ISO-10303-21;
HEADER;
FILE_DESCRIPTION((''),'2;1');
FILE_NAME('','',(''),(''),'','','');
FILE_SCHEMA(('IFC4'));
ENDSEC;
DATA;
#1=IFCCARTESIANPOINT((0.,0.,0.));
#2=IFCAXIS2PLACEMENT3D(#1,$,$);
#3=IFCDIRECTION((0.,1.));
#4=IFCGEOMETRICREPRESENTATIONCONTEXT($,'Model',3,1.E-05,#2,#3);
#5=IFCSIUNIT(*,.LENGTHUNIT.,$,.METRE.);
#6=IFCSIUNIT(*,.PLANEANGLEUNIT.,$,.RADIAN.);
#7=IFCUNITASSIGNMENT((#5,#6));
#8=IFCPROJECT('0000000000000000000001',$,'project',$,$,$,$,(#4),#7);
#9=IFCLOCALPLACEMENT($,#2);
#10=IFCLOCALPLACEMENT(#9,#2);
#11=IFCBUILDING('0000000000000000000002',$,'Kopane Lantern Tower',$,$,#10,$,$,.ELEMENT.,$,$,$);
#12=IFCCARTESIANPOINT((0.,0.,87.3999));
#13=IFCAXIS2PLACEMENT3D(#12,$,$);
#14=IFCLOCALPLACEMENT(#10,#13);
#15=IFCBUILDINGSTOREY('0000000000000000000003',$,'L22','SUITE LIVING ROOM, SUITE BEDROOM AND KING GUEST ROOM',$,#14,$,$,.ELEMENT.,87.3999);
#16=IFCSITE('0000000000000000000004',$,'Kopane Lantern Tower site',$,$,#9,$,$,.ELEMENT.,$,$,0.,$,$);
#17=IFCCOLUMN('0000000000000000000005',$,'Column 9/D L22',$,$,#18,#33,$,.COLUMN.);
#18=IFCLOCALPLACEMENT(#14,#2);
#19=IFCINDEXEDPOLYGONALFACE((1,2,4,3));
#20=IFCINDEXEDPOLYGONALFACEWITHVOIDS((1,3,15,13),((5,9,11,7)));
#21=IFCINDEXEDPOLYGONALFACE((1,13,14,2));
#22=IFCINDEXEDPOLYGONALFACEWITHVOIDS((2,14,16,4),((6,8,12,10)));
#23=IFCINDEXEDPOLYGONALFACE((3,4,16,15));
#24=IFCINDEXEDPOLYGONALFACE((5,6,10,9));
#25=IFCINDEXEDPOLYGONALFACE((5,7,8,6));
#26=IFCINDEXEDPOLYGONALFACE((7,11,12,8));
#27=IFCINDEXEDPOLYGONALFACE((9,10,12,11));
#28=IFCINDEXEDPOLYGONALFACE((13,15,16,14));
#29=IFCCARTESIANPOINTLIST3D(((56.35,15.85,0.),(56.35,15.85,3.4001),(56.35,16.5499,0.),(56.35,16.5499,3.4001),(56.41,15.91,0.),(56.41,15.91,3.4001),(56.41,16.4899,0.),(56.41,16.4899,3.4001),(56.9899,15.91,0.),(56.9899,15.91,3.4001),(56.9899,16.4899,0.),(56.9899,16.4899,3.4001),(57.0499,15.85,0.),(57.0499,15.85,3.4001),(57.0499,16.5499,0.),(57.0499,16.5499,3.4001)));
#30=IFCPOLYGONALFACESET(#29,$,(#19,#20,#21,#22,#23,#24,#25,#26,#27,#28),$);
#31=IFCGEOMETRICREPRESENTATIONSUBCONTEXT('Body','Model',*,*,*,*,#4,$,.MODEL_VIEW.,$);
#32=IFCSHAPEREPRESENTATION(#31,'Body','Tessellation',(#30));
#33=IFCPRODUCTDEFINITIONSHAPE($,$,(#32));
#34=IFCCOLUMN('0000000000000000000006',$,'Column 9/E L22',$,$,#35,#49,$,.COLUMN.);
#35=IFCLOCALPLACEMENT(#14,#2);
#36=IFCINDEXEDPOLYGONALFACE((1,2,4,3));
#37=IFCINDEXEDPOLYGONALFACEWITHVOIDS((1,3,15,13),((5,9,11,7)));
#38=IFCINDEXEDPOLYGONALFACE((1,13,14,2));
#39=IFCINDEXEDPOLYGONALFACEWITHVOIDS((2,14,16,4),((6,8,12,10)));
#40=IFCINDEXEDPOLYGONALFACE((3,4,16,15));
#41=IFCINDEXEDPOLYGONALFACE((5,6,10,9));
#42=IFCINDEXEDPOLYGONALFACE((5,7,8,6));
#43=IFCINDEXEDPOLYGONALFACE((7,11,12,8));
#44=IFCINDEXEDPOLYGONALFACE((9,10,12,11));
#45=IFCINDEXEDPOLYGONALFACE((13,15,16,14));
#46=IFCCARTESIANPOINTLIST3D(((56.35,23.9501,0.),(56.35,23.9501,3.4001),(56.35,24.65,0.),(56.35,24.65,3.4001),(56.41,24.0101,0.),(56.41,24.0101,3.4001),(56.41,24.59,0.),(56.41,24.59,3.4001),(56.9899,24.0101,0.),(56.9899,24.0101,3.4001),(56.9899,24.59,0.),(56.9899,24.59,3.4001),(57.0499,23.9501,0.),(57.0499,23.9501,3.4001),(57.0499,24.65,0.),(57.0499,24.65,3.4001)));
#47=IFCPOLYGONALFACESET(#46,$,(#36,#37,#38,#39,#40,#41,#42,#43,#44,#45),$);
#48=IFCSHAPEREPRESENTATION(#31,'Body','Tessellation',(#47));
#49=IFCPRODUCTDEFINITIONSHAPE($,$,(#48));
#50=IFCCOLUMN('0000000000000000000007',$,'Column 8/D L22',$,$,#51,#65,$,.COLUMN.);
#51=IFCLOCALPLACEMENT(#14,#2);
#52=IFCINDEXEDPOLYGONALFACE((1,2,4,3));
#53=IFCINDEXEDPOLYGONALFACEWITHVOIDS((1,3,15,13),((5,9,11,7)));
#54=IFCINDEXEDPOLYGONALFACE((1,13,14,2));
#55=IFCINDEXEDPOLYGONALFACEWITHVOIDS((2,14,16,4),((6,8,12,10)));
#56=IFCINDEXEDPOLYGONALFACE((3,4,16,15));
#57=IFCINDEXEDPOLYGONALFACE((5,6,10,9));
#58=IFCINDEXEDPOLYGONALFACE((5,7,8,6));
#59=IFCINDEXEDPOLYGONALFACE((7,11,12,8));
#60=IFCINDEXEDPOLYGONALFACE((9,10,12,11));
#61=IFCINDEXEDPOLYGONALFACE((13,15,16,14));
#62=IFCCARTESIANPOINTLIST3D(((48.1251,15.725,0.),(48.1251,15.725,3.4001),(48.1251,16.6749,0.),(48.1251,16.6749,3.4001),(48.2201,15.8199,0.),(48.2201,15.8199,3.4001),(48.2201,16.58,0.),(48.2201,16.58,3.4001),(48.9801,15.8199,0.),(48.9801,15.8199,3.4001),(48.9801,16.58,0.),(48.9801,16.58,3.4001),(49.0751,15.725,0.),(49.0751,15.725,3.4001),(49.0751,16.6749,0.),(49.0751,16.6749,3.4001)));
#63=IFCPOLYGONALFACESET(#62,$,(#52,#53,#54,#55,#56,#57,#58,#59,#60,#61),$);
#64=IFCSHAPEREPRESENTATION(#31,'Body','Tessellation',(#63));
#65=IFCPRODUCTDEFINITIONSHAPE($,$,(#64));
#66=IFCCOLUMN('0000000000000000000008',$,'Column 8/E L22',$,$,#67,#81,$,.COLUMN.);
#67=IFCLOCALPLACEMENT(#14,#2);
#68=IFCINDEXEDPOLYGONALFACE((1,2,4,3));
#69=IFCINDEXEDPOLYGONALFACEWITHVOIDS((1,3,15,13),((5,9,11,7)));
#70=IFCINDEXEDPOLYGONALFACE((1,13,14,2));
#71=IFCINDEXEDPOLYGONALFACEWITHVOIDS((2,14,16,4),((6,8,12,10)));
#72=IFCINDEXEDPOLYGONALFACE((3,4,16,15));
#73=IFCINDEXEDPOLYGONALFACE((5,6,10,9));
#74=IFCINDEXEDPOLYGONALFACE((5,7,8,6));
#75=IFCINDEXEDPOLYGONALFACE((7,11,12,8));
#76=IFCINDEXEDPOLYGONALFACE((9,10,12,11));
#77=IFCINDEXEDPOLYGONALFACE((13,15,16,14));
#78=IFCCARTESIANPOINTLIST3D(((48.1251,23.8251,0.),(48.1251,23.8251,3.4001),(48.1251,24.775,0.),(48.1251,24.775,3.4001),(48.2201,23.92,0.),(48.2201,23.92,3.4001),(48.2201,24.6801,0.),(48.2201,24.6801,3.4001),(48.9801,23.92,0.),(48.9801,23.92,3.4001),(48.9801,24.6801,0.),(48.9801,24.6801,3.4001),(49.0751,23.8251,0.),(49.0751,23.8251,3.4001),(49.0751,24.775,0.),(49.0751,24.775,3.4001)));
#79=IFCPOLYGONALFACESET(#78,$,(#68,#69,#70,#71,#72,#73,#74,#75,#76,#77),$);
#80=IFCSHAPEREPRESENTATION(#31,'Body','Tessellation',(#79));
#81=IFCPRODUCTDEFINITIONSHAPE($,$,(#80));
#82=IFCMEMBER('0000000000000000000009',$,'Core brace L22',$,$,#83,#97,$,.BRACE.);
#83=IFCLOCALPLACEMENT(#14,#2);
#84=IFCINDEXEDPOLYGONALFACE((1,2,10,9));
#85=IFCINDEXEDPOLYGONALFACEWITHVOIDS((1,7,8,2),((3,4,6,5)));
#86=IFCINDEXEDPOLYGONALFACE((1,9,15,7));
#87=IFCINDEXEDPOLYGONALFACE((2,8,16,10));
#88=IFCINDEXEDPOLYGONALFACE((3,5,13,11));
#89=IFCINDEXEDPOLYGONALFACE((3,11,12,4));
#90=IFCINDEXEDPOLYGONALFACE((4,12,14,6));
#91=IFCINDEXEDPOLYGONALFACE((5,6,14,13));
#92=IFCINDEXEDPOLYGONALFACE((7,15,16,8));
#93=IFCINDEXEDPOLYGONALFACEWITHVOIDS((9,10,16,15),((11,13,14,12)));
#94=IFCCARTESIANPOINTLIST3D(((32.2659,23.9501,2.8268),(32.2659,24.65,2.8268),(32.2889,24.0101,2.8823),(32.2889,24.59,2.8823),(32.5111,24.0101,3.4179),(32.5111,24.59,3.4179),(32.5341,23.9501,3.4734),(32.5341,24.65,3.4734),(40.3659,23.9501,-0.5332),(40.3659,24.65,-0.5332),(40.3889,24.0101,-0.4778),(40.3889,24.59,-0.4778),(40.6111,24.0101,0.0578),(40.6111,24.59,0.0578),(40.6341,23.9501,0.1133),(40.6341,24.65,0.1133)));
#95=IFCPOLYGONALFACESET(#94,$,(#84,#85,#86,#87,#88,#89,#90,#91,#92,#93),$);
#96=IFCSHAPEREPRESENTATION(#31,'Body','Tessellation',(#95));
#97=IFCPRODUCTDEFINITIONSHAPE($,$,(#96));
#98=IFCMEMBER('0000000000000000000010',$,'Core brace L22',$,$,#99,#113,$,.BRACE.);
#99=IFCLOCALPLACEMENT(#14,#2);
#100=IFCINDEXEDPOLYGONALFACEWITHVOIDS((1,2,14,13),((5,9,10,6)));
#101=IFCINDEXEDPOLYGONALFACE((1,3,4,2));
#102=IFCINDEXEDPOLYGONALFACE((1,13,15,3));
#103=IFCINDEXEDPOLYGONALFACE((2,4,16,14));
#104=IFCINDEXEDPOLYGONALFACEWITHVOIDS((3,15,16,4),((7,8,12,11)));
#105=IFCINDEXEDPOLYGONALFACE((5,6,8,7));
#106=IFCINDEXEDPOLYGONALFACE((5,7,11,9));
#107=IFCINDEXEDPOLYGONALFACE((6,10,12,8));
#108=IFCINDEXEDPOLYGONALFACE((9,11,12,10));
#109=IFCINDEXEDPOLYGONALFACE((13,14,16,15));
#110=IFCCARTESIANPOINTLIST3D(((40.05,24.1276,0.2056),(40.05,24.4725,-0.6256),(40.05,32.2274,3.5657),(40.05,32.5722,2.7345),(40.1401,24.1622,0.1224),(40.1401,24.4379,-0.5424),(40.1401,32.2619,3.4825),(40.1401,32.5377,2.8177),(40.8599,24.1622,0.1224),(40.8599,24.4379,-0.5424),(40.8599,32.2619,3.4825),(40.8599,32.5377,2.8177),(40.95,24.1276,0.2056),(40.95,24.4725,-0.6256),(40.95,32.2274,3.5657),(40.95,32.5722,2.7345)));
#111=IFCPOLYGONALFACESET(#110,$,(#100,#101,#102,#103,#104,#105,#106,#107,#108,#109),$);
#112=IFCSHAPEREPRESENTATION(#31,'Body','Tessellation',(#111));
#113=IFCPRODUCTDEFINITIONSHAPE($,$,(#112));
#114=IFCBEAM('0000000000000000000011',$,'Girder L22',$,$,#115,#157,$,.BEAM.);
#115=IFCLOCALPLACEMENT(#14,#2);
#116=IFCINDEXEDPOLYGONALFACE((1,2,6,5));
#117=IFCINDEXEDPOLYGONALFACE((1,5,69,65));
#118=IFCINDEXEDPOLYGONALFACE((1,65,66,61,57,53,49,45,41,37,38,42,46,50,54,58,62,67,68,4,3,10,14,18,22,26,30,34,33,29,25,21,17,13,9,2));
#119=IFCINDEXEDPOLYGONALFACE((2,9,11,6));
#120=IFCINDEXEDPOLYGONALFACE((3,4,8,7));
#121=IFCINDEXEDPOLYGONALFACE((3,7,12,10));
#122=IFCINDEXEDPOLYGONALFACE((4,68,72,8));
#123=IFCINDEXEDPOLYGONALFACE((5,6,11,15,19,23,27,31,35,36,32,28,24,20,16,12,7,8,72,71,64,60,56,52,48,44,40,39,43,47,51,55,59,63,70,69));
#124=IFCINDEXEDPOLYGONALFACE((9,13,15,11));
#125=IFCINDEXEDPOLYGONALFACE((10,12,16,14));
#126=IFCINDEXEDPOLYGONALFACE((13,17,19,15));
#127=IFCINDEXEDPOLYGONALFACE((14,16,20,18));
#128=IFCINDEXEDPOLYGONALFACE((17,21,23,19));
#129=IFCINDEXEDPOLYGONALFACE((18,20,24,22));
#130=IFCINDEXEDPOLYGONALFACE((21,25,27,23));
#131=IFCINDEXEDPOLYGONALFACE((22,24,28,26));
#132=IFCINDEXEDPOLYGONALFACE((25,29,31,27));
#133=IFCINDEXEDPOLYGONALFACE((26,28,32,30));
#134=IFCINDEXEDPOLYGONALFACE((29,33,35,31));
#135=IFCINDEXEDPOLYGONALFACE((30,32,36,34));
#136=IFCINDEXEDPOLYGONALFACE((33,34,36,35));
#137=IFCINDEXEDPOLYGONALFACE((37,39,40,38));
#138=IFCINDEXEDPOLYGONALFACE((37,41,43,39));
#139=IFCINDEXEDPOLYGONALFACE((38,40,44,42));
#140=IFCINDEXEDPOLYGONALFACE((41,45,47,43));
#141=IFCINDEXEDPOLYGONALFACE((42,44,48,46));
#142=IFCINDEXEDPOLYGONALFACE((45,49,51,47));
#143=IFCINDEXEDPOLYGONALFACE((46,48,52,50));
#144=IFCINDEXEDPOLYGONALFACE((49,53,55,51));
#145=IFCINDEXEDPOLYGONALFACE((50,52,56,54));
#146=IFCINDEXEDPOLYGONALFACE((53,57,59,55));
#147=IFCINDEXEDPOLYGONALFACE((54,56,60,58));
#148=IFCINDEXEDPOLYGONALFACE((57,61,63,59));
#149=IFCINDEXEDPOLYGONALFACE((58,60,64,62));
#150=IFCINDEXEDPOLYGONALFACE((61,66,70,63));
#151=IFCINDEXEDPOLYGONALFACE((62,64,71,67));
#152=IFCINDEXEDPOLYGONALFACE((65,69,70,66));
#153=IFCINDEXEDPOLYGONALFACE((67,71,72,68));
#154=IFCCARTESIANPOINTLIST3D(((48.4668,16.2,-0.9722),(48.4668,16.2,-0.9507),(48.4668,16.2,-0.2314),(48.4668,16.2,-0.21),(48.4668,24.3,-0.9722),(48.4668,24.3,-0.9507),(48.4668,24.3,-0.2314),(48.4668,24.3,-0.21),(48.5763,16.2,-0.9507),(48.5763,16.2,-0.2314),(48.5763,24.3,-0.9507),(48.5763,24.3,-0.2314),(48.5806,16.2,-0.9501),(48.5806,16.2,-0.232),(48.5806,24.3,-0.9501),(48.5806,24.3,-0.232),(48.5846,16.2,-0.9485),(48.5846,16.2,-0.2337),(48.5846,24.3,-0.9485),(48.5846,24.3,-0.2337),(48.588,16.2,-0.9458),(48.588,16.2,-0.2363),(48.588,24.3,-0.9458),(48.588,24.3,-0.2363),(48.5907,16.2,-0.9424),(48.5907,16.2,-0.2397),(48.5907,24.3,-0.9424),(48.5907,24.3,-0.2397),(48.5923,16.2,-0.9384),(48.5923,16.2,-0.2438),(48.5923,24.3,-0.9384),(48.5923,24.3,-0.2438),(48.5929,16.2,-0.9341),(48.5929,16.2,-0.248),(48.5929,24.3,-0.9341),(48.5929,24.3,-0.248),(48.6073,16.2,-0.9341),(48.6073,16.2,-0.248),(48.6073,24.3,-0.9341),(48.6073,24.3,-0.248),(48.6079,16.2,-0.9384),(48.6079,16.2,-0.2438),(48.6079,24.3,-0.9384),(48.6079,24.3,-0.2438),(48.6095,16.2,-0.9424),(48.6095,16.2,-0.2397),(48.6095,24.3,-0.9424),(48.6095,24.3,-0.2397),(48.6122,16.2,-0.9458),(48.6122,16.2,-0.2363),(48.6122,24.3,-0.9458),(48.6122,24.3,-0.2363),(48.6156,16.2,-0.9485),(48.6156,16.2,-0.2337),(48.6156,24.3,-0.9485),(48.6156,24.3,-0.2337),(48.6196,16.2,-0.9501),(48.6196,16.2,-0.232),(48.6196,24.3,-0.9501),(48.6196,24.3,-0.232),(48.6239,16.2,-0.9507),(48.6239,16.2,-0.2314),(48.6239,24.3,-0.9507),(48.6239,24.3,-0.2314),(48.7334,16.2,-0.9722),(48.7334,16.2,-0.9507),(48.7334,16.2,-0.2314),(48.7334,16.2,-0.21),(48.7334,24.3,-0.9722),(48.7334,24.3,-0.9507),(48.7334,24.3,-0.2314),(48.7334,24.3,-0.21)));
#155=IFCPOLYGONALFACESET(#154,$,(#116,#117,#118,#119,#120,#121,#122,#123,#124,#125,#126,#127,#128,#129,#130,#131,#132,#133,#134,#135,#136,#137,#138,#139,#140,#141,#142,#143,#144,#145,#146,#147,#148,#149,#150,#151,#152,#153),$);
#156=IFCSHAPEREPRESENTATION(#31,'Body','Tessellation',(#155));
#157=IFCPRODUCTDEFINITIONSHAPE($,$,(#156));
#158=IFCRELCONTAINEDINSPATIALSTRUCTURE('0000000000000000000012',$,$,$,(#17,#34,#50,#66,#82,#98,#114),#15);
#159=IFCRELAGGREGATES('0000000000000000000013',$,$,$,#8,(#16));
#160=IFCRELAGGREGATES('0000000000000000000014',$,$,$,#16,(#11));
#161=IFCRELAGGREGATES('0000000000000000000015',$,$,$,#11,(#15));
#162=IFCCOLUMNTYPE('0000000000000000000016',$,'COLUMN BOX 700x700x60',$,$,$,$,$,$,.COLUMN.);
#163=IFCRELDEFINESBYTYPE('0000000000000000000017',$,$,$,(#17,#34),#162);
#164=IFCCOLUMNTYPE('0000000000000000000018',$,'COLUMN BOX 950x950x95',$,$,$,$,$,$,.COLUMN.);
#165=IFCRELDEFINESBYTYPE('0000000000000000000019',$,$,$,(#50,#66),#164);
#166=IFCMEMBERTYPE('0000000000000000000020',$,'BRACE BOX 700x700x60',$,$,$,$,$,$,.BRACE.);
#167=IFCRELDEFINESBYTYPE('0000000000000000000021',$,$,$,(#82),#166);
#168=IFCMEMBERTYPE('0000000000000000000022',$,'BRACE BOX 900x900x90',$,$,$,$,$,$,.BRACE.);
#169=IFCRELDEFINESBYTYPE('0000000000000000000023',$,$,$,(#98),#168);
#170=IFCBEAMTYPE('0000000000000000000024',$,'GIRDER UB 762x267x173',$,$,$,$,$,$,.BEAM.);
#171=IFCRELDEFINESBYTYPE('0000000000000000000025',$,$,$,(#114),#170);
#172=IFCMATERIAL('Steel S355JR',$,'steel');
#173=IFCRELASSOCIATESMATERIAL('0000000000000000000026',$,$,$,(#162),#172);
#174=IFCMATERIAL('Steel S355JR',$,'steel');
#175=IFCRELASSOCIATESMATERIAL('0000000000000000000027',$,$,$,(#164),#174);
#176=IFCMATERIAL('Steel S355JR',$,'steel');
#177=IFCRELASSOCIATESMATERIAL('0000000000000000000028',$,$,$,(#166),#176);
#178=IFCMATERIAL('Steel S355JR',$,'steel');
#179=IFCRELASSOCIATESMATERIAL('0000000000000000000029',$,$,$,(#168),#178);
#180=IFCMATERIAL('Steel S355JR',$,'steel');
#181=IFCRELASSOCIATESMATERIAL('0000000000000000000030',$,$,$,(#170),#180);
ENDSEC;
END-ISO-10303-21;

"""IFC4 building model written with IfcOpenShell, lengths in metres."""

from ifc_helpers import new_model, si_unit, direction, frame, origin, origin_2d, place, context, subcontext, project, spatial, hollow_rectangle, i_section, extrude, material, material_profile, profile_set, type_object, element, save


model = new_model("IFC4")

# Units and contexts
model_context = context("Model", 3, precision=1e-05, world=origin(), true_north=direction((0.0, 1.0)))
body_context = subcontext(model_context, "Body", "Model", "MODEL_VIEW")
ifc_project = project(units=[si_unit("LENGTHUNIT", "METRE"), si_unit("PLANEANGLEUNIT", "RADIAN")], contexts=[model_context])

# Site, building, storey
site_placement = place(None, origin())
site = spatial("IfcSite", under=ifc_project, at=site_placement, Name="Kopane Lantern Tower site", CompositionType="ELEMENT", RefElevation=0.0)
building_placement = place(site_placement, origin())
building = spatial("IfcBuilding", under=site, at=building_placement, Name="Kopane Lantern Tower", CompositionType="ELEMENT")
storey_placement = place(building_placement, frame((0.0, 0.0, 87.3999)))
storey = spatial("IfcBuildingStorey", under=building, at=storey_placement, Name="L22", Description="SUITE LIVING ROOM, SUITE BEDROOM AND KING GUEST ROOM", CompositionType="ELEMENT", Elevation=87.3999)

# Columns
ifc_material_1 = material(Name="Steel S355JR", Category="steel")
ifc_material_profile_1 = material_profile(ifc_material_1, hollow_rectangle(XDim=0.7, YDim=0.7, WallThickness=0.0601, at=origin_2d()), Name="BOX 700x700x60")
ifc_profile_set_1 = profile_set([ifc_material_profile_1], Name="Steel S355JR")
column_type_1 = type_object("IfcColumnType", Name="COLUMN BOX 700x700x60", PredefinedType="COLUMN", material=ifc_profile_set_1)
for number, where, z_axis, x_axis, name in (
    (1, (56.7, 16.2, 0.0), (0.0, 0.0, 1.0), (1.0, 0.0, 0.0), "Column 9/D L22"),
    (2, (56.7, 24.3, 0.0), (0.0, 0.0, 1.0), (1.0, 0.0, 0.0), "Column 9/E L22"),
):
    element("IfcColumn", number, at=place(storey_placement, frame(where, z_axis=z_axis, x_axis=x_axis)), inside=storey, type_object=column_type_1, Name=name, PredefinedType="COLUMN", context=body_context, shape_type="SweptSolid", body=[
        extrude(hollow_rectangle(XDim=0.7, YDim=0.7, WallThickness=0.0601, at=origin_2d()), origin(), (0.0, 0.0, 1.0), 3.4001),
    ])
ifc_material_2 = material(Name="Steel S355JR", Category="steel")
ifc_material_profile_2 = material_profile(ifc_material_2, hollow_rectangle(XDim=0.95, YDim=0.95, WallThickness=0.095, at=origin_2d()), Name="BOX 950x950x95")
ifc_profile_set_2 = profile_set([ifc_material_profile_2], Name="Steel S355JR")
column_type_2 = type_object("IfcColumnType", Name="COLUMN BOX 950x950x95", PredefinedType="COLUMN", material=ifc_profile_set_2)
for number, where, z_axis, x_axis, name in (
    (3, (48.6001, 16.2, 0.0), (0.0, 0.0, 1.0), (1.0, 0.0, 0.0), "Column 8/D L22"),
    (4, (48.6001, 24.3, 0.0), (0.0, 0.0, 1.0), (1.0, 0.0, 0.0), "Column 8/E L22"),
):
    element("IfcColumn", number, at=place(storey_placement, frame(where, z_axis=z_axis, x_axis=x_axis)), inside=storey, type_object=column_type_2, Name=name, PredefinedType="COLUMN", context=body_context, shape_type="SweptSolid", body=[
        extrude(hollow_rectangle(XDim=0.95, YDim=0.95, WallThickness=0.095, at=origin_2d()), origin(), (0.0, 0.0, 1.0), 3.4001),
    ])

# Members
ifc_material_3 = material(Name="Steel S355JR", Category="steel")
ifc_material_profile_3 = material_profile(ifc_material_3, hollow_rectangle(XDim=0.7, YDim=0.7, WallThickness=0.0601, at=origin_2d()), Name="BOX 700x700x60")
ifc_profile_set_3 = profile_set([ifc_material_profile_3], Name="Steel S355JR")
member_type_1 = type_object("IfcMemberType", Name="BRACE BOX 700x700x60", PredefinedType="BRACE", material=ifc_profile_set_3)
member_1_placement = place(storey_placement, frame((40.5, 24.3, -0.21), z_axis=(-0.92368, 0.0, 0.383164), x_axis=(0.0, -1.0, 0.0)))
element("IfcMember", 5, at=member_1_placement, inside=storey, type_object=member_type_1, Name="Core brace L22", PredefinedType="BRACE", context=body_context, shape_type="SweptSolid", body=[
    extrude(hollow_rectangle(XDim=0.7, YDim=0.7, WallThickness=0.0601, at=origin_2d()), origin(), (0.0, 0.0, 1.0), 8.7693),
])
ifc_material_4 = material(Name="Steel S355JR", Category="steel")
ifc_material_profile_4 = material_profile(ifc_material_4, hollow_rectangle(XDim=0.8999, YDim=0.8999, WallThickness=0.0901, at=origin_2d()), Name="BOX 900x900x90")
ifc_profile_set_4 = profile_set([ifc_material_profile_4], Name="Steel S355JR")
member_type_2 = type_object("IfcMemberType", Name="BRACE BOX 900x900x90", PredefinedType="BRACE", material=ifc_profile_set_4)
member_2_placement = place(storey_placement, frame((40.5, 24.3, -0.21), z_axis=(0.0, 0.923676, 0.383174), x_axis=(-1.0, 0.0, 0.0)))
element("IfcMember", 6, at=member_2_placement, inside=storey, type_object=member_type_2, Name="Core brace L22", PredefinedType="BRACE", context=body_context, shape_type="SweptSolid", body=[
    extrude(hollow_rectangle(XDim=0.8999, YDim=0.8999, WallThickness=0.0901, at=origin_2d()), origin(), (0.0, 0.0, 1.0), 8.769),
])

# Beam
ifc_material_5 = material(Name="Steel S355JR", Category="steel")
ifc_material_profile_5 = material_profile(ifc_material_5, i_section(OverallWidth=0.2666, OverallDepth=0.7622, WebThickness=0.0144, FlangeThickness=0.0215, FilletRadius=0.0166, at=origin_2d()), Name="UB 762x267x173")
ifc_profile_set_5 = profile_set([ifc_material_profile_5], Name="Steel S355JR")
beam_type = type_object("IfcBeamType", Name="GIRDER UB 762x267x173", PredefinedType="BEAM", material=ifc_profile_set_5)
beam_1_placement = place(storey_placement, frame((48.6001, 16.2, -0.5911), z_axis=(0.0, 1.0, 0.0), x_axis=(-1.0, 0.0, 0.0)))
element("IfcBeam", 7, at=beam_1_placement, inside=storey, type_object=beam_type, Name="Girder L22", PredefinedType="BEAM", context=body_context, shape_type="SweptSolid", body=[
    extrude(i_section(OverallWidth=0.2666, OverallDepth=0.7622, WebThickness=0.0144, FlangeThickness=0.0215, FilletRadius=0.0166, at=origin_2d()), origin(), (0.0, 0.0, 1.0), 8.1001),
])

save(model, "model.ifc")
